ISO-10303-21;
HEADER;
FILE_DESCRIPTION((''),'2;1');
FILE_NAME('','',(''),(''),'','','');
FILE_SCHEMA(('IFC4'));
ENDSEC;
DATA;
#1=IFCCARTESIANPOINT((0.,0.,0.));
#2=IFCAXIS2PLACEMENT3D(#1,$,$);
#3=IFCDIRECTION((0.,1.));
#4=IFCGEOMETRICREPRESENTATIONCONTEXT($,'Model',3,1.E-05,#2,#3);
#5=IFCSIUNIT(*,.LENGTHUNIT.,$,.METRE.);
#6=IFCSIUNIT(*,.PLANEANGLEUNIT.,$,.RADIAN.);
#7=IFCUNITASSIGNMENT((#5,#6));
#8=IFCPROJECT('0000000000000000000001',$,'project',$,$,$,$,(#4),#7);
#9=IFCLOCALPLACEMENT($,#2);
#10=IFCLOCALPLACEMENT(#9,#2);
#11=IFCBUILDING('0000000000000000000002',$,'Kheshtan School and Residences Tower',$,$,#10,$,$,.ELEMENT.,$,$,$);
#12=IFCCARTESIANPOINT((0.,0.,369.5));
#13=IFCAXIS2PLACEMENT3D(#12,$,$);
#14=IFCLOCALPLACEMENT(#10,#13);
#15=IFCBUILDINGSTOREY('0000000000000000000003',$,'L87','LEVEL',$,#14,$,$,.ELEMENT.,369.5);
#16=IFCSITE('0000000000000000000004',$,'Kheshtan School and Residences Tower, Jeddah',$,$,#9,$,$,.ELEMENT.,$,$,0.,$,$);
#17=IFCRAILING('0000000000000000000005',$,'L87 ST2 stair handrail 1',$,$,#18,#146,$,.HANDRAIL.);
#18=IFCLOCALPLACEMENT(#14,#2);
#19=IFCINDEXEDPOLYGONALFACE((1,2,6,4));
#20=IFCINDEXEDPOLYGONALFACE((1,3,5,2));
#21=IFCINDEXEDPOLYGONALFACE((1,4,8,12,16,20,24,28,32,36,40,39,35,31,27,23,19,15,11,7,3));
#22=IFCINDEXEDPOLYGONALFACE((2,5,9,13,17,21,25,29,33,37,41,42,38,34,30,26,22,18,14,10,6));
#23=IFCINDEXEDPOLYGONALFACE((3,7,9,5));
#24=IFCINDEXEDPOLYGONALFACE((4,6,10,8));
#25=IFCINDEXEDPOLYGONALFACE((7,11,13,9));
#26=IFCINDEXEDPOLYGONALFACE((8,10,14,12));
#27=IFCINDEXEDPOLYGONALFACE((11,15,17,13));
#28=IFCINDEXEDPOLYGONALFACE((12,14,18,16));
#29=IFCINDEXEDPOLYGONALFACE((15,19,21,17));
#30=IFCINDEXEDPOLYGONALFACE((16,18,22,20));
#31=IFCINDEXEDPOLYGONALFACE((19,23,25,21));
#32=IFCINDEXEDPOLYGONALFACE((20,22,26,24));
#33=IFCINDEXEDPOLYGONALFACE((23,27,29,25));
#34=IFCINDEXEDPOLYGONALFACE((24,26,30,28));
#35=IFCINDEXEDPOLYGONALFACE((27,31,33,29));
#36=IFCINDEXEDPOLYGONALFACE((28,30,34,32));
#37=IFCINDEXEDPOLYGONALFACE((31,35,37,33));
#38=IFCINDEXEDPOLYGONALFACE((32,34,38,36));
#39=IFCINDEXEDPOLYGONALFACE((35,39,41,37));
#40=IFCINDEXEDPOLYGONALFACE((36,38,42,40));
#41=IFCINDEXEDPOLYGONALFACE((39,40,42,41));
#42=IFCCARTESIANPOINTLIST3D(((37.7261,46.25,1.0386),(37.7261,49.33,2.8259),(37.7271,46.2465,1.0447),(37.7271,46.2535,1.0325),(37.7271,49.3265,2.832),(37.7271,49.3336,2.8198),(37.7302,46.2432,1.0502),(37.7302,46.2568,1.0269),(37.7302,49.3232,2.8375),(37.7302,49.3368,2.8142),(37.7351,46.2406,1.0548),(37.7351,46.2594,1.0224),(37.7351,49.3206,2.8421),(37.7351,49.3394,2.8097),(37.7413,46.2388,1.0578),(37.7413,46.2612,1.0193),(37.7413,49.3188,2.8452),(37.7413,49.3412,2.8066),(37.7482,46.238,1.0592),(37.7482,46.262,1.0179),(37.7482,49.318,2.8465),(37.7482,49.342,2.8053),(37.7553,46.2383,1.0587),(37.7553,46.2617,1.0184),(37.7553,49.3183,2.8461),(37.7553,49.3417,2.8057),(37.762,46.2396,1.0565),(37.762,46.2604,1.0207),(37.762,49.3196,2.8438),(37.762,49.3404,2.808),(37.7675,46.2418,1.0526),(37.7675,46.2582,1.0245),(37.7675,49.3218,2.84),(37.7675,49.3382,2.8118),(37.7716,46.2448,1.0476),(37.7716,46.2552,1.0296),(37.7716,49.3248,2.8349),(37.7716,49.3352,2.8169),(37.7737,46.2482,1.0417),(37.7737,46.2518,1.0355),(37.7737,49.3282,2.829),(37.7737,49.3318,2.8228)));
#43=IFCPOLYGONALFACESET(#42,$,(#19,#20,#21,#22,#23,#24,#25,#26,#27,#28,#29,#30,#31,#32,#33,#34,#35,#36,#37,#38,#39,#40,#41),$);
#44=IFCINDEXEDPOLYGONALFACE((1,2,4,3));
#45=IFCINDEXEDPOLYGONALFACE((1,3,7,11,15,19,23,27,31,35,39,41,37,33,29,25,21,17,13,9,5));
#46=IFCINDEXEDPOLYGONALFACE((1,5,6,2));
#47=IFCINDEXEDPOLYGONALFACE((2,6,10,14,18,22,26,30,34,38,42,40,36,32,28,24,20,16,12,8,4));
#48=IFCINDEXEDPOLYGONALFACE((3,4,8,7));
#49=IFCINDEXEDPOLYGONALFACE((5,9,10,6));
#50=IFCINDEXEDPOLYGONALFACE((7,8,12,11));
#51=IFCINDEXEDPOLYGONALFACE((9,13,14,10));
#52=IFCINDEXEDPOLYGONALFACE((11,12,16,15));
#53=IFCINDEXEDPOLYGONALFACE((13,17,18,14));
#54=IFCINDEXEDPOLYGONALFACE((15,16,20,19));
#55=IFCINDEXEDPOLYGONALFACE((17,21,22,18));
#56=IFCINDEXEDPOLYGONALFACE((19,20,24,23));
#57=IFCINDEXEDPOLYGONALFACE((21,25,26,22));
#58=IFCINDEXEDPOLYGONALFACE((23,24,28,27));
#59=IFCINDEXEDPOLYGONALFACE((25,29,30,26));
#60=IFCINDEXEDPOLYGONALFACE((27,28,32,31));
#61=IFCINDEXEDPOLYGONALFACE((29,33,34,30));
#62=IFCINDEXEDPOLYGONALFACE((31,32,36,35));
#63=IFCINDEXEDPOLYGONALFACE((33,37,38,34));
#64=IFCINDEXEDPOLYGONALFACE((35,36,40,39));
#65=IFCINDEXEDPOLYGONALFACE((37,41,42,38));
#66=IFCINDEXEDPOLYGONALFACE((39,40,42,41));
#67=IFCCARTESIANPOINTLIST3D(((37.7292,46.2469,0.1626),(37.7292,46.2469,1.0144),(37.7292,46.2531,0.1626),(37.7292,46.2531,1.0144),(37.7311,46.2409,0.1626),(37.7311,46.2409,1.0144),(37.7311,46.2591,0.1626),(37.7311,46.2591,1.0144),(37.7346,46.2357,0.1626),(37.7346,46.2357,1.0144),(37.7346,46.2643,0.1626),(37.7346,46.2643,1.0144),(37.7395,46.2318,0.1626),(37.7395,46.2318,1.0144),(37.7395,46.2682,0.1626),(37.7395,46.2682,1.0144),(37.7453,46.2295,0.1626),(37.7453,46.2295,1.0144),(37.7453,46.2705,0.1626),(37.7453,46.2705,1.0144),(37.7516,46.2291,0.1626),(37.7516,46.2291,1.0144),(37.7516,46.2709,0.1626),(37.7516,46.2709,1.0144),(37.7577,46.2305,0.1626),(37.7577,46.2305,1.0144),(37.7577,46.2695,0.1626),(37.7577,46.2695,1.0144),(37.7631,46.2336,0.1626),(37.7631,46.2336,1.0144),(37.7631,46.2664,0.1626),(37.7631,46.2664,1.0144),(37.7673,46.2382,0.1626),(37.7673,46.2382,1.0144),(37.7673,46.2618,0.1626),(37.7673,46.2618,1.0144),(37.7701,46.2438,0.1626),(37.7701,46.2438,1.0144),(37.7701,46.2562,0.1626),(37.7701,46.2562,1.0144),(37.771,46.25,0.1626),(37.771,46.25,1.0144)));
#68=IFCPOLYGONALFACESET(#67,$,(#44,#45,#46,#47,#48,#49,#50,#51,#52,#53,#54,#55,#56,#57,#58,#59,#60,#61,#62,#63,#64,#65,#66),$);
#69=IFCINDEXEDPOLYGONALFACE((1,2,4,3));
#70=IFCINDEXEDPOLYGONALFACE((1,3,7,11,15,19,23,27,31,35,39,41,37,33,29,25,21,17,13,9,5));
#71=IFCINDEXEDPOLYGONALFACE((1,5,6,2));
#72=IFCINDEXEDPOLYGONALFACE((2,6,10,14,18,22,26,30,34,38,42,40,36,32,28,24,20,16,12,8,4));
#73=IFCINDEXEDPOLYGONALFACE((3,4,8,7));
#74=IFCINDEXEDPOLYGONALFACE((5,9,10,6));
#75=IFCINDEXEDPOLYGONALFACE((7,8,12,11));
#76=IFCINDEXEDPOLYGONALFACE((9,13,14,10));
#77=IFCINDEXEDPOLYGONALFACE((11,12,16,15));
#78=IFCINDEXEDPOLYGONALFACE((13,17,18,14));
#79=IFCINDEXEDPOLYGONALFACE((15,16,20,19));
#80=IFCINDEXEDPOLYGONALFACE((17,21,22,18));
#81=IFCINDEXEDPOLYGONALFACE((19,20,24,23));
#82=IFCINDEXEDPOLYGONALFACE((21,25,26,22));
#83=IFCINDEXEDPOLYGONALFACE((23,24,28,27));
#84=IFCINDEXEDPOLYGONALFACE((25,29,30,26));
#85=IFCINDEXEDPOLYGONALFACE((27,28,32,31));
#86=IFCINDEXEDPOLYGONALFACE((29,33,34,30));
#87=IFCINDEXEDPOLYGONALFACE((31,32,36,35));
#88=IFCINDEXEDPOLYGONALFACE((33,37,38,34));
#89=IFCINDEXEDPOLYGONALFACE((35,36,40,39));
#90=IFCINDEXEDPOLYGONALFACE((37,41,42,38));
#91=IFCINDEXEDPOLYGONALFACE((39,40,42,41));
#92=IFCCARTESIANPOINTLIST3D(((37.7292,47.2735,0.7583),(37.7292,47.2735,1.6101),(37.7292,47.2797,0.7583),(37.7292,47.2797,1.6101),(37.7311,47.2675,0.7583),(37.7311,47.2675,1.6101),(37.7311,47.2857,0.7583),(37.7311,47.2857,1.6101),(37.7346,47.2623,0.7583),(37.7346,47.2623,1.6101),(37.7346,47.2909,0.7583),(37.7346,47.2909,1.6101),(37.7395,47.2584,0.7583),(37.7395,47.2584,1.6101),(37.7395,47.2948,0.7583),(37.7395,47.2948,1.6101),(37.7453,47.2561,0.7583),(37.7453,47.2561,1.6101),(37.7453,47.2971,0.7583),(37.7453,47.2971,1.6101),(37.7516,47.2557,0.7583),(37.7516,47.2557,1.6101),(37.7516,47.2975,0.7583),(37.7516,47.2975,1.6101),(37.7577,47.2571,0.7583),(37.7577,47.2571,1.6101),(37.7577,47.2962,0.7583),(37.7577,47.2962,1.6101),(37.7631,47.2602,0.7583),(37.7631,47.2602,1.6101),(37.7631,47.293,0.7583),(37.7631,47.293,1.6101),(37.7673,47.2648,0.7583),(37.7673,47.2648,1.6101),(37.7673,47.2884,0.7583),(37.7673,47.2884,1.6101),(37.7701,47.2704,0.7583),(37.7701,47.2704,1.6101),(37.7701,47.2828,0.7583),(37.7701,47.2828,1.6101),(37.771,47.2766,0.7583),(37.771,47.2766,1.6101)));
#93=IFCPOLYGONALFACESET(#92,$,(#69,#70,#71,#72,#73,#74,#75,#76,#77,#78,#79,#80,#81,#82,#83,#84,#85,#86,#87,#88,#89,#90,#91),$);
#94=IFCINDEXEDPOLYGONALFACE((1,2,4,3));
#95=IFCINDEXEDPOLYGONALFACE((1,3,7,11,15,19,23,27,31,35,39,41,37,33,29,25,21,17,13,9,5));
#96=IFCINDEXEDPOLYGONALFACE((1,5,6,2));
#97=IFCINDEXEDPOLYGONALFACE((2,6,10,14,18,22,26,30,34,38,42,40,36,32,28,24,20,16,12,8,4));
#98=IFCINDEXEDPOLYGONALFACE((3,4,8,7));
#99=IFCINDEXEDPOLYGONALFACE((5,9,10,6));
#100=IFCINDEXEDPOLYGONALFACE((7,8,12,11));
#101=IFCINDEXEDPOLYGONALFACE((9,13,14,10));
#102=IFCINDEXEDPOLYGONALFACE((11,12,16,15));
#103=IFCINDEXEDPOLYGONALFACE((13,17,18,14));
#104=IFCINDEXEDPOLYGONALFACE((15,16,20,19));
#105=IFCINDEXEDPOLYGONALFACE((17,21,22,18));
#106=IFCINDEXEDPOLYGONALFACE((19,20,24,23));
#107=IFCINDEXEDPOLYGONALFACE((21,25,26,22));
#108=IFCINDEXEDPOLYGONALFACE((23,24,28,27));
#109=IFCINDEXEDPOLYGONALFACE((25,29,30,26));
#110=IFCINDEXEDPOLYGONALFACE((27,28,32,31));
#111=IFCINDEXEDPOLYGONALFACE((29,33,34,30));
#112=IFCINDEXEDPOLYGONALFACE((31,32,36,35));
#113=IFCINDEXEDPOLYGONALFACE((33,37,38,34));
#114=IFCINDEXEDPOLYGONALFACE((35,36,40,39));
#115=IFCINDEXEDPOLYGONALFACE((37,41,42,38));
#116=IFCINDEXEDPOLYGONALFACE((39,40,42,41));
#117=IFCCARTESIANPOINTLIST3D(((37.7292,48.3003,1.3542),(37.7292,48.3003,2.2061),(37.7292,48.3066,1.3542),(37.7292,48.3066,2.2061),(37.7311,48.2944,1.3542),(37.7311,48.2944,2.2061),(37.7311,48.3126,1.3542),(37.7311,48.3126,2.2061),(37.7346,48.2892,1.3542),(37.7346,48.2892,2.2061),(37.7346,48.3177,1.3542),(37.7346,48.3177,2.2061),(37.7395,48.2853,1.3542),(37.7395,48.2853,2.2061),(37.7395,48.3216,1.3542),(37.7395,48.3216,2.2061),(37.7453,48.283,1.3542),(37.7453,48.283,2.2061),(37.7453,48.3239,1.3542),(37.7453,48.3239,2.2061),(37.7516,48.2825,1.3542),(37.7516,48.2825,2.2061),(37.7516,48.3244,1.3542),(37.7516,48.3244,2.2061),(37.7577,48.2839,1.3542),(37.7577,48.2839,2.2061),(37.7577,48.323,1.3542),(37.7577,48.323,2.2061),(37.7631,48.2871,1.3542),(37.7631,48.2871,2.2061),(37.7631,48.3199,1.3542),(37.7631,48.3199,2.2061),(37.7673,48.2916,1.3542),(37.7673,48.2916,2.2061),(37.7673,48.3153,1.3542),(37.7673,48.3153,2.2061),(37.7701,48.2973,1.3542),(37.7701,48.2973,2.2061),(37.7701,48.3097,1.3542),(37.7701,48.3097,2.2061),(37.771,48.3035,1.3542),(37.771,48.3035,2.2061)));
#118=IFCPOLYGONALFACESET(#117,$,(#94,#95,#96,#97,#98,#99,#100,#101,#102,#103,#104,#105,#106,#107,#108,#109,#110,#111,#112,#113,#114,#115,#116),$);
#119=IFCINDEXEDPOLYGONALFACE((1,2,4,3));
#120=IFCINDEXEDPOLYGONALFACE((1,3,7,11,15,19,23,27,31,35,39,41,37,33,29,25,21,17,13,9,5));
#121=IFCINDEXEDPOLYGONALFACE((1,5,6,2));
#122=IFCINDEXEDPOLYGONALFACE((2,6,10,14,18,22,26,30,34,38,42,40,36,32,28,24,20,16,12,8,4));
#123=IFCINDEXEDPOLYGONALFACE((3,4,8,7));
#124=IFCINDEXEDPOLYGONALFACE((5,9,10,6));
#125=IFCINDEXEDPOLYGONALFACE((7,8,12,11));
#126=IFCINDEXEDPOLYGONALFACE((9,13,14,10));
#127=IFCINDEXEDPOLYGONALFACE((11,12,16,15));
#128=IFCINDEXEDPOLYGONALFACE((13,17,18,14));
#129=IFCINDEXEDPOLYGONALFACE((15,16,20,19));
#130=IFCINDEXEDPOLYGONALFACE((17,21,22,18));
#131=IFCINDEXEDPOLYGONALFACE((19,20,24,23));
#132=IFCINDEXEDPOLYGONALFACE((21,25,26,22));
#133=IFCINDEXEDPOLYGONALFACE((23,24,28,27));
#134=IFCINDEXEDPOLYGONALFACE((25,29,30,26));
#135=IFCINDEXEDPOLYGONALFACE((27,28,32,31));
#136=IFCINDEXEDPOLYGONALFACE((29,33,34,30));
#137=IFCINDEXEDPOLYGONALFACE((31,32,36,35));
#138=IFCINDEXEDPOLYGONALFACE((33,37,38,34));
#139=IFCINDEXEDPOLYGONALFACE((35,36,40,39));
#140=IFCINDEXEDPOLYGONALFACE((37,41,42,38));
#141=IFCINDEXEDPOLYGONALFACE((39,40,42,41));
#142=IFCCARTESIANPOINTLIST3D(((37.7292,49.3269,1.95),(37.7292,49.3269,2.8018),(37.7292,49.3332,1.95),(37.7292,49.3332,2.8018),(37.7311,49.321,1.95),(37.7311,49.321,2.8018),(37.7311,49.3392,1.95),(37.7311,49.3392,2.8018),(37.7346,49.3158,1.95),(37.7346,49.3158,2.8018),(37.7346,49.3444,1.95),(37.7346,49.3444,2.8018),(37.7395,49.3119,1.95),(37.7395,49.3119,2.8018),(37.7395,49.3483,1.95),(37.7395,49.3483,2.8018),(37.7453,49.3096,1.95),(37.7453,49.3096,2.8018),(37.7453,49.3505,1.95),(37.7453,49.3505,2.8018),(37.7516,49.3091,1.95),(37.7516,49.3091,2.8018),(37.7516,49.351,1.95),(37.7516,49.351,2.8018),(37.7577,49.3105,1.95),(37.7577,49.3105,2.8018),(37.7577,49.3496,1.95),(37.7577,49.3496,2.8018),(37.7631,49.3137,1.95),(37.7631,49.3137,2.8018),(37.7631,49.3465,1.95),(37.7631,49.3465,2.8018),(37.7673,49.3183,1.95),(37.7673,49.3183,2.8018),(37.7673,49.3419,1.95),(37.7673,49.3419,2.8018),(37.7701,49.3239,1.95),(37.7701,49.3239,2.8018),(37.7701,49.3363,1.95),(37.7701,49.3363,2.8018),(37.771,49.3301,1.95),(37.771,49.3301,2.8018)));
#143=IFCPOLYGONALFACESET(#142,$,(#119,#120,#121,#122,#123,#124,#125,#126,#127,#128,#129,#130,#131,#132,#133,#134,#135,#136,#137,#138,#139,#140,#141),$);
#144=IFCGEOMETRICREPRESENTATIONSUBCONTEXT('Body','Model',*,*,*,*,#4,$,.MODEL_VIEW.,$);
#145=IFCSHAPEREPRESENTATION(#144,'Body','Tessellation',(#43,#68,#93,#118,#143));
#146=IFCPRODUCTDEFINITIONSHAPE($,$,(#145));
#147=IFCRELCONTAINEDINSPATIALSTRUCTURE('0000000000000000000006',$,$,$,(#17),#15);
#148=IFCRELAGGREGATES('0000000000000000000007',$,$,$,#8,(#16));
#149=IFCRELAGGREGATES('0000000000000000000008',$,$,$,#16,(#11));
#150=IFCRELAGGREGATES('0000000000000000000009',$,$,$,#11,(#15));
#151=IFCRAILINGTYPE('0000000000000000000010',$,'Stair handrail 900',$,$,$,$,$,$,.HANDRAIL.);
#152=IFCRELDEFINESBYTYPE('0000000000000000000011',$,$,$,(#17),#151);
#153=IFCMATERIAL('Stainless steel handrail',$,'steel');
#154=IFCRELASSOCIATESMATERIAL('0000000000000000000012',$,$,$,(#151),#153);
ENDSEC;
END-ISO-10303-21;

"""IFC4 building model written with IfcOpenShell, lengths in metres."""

from ifc_helpers import new_model, si_unit, direction, frame, origin, origin_2d, place, context, subcontext, project, spatial, circle, extrude, material, type_object, element, save


model = new_model("IFC4")

# Units and contexts
model_context = context("Model", 3, precision=1e-05, world=origin(), true_north=direction((0.0, 1.0)))
body_context = subcontext(model_context, "Body", "Model", "MODEL_VIEW")
ifc_project = project(units=[si_unit("LENGTHUNIT", "METRE"), si_unit("PLANEANGLEUNIT", "RADIAN")], contexts=[model_context])

# Site, building, storey
site_placement = place(None, origin())
site = spatial("IfcSite", under=ifc_project, at=site_placement, Name="Kheshtan School and Residences Tower, Jeddah", CompositionType="ELEMENT", RefElevation=0.0)
building_placement = place(site_placement, origin())
building = spatial("IfcBuilding", under=site, at=building_placement, Name="Kheshtan School and Residences Tower", CompositionType="ELEMENT")
storey_placement = place(building_placement, frame((0.0, 0.0, 369.5)))
storey = spatial("IfcBuildingStorey", under=building, at=storey_placement, Name="L87", Description="LEVEL", CompositionType="ELEMENT", Elevation=369.5)

# Railing
ifc_material_1 = material(Name="Stainless steel handrail", Category="steel")
railing_type_1 = type_object("IfcRailingType", Name="Stair handrail 900", PredefinedType="HANDRAIL", material=ifc_material_1)
railing_1_placement = place(storey_placement, frame((37.75, 46.25, 0.1626)))
element("IfcRailing", 1, at=railing_1_placement, inside=storey, type_object=railing_type_1, Name="L87 ST2 stair handrail 1", PredefinedType="HANDRAIL", context=body_context, shape_type="SweptSolid", body=[
    extrude(circle(Radius=0.0239, at=origin_2d()), frame((0.0, 0.0, 0.876), z_axis=(0.0, 0.86492, 0.501909), x_axis=(-1.0, 0.0, 0.0)), (0.0, 0.0, 1.0), 3.561),
    extrude(circle(Radius=0.021, at=origin_2d()), origin(), (0.0, 0.0, 1.0), 0.8518),
    extrude(circle(Radius=0.021, at=origin_2d()), frame((0.0, 1.0266, 0.5957)), (0.0, 0.0, 1.0), 0.8518),
    extrude(circle(Radius=0.021, at=origin_2d()), frame((0.0, 2.0535, 1.1917)), (0.0, 0.0, 1.0), 0.8518),
    extrude(circle(Radius=0.021, at=origin_2d()), frame((0.0, 3.0801, 1.7874)), (0.0, 0.0, 1.0), 0.8518),
])

save(model, "model.ifc")
